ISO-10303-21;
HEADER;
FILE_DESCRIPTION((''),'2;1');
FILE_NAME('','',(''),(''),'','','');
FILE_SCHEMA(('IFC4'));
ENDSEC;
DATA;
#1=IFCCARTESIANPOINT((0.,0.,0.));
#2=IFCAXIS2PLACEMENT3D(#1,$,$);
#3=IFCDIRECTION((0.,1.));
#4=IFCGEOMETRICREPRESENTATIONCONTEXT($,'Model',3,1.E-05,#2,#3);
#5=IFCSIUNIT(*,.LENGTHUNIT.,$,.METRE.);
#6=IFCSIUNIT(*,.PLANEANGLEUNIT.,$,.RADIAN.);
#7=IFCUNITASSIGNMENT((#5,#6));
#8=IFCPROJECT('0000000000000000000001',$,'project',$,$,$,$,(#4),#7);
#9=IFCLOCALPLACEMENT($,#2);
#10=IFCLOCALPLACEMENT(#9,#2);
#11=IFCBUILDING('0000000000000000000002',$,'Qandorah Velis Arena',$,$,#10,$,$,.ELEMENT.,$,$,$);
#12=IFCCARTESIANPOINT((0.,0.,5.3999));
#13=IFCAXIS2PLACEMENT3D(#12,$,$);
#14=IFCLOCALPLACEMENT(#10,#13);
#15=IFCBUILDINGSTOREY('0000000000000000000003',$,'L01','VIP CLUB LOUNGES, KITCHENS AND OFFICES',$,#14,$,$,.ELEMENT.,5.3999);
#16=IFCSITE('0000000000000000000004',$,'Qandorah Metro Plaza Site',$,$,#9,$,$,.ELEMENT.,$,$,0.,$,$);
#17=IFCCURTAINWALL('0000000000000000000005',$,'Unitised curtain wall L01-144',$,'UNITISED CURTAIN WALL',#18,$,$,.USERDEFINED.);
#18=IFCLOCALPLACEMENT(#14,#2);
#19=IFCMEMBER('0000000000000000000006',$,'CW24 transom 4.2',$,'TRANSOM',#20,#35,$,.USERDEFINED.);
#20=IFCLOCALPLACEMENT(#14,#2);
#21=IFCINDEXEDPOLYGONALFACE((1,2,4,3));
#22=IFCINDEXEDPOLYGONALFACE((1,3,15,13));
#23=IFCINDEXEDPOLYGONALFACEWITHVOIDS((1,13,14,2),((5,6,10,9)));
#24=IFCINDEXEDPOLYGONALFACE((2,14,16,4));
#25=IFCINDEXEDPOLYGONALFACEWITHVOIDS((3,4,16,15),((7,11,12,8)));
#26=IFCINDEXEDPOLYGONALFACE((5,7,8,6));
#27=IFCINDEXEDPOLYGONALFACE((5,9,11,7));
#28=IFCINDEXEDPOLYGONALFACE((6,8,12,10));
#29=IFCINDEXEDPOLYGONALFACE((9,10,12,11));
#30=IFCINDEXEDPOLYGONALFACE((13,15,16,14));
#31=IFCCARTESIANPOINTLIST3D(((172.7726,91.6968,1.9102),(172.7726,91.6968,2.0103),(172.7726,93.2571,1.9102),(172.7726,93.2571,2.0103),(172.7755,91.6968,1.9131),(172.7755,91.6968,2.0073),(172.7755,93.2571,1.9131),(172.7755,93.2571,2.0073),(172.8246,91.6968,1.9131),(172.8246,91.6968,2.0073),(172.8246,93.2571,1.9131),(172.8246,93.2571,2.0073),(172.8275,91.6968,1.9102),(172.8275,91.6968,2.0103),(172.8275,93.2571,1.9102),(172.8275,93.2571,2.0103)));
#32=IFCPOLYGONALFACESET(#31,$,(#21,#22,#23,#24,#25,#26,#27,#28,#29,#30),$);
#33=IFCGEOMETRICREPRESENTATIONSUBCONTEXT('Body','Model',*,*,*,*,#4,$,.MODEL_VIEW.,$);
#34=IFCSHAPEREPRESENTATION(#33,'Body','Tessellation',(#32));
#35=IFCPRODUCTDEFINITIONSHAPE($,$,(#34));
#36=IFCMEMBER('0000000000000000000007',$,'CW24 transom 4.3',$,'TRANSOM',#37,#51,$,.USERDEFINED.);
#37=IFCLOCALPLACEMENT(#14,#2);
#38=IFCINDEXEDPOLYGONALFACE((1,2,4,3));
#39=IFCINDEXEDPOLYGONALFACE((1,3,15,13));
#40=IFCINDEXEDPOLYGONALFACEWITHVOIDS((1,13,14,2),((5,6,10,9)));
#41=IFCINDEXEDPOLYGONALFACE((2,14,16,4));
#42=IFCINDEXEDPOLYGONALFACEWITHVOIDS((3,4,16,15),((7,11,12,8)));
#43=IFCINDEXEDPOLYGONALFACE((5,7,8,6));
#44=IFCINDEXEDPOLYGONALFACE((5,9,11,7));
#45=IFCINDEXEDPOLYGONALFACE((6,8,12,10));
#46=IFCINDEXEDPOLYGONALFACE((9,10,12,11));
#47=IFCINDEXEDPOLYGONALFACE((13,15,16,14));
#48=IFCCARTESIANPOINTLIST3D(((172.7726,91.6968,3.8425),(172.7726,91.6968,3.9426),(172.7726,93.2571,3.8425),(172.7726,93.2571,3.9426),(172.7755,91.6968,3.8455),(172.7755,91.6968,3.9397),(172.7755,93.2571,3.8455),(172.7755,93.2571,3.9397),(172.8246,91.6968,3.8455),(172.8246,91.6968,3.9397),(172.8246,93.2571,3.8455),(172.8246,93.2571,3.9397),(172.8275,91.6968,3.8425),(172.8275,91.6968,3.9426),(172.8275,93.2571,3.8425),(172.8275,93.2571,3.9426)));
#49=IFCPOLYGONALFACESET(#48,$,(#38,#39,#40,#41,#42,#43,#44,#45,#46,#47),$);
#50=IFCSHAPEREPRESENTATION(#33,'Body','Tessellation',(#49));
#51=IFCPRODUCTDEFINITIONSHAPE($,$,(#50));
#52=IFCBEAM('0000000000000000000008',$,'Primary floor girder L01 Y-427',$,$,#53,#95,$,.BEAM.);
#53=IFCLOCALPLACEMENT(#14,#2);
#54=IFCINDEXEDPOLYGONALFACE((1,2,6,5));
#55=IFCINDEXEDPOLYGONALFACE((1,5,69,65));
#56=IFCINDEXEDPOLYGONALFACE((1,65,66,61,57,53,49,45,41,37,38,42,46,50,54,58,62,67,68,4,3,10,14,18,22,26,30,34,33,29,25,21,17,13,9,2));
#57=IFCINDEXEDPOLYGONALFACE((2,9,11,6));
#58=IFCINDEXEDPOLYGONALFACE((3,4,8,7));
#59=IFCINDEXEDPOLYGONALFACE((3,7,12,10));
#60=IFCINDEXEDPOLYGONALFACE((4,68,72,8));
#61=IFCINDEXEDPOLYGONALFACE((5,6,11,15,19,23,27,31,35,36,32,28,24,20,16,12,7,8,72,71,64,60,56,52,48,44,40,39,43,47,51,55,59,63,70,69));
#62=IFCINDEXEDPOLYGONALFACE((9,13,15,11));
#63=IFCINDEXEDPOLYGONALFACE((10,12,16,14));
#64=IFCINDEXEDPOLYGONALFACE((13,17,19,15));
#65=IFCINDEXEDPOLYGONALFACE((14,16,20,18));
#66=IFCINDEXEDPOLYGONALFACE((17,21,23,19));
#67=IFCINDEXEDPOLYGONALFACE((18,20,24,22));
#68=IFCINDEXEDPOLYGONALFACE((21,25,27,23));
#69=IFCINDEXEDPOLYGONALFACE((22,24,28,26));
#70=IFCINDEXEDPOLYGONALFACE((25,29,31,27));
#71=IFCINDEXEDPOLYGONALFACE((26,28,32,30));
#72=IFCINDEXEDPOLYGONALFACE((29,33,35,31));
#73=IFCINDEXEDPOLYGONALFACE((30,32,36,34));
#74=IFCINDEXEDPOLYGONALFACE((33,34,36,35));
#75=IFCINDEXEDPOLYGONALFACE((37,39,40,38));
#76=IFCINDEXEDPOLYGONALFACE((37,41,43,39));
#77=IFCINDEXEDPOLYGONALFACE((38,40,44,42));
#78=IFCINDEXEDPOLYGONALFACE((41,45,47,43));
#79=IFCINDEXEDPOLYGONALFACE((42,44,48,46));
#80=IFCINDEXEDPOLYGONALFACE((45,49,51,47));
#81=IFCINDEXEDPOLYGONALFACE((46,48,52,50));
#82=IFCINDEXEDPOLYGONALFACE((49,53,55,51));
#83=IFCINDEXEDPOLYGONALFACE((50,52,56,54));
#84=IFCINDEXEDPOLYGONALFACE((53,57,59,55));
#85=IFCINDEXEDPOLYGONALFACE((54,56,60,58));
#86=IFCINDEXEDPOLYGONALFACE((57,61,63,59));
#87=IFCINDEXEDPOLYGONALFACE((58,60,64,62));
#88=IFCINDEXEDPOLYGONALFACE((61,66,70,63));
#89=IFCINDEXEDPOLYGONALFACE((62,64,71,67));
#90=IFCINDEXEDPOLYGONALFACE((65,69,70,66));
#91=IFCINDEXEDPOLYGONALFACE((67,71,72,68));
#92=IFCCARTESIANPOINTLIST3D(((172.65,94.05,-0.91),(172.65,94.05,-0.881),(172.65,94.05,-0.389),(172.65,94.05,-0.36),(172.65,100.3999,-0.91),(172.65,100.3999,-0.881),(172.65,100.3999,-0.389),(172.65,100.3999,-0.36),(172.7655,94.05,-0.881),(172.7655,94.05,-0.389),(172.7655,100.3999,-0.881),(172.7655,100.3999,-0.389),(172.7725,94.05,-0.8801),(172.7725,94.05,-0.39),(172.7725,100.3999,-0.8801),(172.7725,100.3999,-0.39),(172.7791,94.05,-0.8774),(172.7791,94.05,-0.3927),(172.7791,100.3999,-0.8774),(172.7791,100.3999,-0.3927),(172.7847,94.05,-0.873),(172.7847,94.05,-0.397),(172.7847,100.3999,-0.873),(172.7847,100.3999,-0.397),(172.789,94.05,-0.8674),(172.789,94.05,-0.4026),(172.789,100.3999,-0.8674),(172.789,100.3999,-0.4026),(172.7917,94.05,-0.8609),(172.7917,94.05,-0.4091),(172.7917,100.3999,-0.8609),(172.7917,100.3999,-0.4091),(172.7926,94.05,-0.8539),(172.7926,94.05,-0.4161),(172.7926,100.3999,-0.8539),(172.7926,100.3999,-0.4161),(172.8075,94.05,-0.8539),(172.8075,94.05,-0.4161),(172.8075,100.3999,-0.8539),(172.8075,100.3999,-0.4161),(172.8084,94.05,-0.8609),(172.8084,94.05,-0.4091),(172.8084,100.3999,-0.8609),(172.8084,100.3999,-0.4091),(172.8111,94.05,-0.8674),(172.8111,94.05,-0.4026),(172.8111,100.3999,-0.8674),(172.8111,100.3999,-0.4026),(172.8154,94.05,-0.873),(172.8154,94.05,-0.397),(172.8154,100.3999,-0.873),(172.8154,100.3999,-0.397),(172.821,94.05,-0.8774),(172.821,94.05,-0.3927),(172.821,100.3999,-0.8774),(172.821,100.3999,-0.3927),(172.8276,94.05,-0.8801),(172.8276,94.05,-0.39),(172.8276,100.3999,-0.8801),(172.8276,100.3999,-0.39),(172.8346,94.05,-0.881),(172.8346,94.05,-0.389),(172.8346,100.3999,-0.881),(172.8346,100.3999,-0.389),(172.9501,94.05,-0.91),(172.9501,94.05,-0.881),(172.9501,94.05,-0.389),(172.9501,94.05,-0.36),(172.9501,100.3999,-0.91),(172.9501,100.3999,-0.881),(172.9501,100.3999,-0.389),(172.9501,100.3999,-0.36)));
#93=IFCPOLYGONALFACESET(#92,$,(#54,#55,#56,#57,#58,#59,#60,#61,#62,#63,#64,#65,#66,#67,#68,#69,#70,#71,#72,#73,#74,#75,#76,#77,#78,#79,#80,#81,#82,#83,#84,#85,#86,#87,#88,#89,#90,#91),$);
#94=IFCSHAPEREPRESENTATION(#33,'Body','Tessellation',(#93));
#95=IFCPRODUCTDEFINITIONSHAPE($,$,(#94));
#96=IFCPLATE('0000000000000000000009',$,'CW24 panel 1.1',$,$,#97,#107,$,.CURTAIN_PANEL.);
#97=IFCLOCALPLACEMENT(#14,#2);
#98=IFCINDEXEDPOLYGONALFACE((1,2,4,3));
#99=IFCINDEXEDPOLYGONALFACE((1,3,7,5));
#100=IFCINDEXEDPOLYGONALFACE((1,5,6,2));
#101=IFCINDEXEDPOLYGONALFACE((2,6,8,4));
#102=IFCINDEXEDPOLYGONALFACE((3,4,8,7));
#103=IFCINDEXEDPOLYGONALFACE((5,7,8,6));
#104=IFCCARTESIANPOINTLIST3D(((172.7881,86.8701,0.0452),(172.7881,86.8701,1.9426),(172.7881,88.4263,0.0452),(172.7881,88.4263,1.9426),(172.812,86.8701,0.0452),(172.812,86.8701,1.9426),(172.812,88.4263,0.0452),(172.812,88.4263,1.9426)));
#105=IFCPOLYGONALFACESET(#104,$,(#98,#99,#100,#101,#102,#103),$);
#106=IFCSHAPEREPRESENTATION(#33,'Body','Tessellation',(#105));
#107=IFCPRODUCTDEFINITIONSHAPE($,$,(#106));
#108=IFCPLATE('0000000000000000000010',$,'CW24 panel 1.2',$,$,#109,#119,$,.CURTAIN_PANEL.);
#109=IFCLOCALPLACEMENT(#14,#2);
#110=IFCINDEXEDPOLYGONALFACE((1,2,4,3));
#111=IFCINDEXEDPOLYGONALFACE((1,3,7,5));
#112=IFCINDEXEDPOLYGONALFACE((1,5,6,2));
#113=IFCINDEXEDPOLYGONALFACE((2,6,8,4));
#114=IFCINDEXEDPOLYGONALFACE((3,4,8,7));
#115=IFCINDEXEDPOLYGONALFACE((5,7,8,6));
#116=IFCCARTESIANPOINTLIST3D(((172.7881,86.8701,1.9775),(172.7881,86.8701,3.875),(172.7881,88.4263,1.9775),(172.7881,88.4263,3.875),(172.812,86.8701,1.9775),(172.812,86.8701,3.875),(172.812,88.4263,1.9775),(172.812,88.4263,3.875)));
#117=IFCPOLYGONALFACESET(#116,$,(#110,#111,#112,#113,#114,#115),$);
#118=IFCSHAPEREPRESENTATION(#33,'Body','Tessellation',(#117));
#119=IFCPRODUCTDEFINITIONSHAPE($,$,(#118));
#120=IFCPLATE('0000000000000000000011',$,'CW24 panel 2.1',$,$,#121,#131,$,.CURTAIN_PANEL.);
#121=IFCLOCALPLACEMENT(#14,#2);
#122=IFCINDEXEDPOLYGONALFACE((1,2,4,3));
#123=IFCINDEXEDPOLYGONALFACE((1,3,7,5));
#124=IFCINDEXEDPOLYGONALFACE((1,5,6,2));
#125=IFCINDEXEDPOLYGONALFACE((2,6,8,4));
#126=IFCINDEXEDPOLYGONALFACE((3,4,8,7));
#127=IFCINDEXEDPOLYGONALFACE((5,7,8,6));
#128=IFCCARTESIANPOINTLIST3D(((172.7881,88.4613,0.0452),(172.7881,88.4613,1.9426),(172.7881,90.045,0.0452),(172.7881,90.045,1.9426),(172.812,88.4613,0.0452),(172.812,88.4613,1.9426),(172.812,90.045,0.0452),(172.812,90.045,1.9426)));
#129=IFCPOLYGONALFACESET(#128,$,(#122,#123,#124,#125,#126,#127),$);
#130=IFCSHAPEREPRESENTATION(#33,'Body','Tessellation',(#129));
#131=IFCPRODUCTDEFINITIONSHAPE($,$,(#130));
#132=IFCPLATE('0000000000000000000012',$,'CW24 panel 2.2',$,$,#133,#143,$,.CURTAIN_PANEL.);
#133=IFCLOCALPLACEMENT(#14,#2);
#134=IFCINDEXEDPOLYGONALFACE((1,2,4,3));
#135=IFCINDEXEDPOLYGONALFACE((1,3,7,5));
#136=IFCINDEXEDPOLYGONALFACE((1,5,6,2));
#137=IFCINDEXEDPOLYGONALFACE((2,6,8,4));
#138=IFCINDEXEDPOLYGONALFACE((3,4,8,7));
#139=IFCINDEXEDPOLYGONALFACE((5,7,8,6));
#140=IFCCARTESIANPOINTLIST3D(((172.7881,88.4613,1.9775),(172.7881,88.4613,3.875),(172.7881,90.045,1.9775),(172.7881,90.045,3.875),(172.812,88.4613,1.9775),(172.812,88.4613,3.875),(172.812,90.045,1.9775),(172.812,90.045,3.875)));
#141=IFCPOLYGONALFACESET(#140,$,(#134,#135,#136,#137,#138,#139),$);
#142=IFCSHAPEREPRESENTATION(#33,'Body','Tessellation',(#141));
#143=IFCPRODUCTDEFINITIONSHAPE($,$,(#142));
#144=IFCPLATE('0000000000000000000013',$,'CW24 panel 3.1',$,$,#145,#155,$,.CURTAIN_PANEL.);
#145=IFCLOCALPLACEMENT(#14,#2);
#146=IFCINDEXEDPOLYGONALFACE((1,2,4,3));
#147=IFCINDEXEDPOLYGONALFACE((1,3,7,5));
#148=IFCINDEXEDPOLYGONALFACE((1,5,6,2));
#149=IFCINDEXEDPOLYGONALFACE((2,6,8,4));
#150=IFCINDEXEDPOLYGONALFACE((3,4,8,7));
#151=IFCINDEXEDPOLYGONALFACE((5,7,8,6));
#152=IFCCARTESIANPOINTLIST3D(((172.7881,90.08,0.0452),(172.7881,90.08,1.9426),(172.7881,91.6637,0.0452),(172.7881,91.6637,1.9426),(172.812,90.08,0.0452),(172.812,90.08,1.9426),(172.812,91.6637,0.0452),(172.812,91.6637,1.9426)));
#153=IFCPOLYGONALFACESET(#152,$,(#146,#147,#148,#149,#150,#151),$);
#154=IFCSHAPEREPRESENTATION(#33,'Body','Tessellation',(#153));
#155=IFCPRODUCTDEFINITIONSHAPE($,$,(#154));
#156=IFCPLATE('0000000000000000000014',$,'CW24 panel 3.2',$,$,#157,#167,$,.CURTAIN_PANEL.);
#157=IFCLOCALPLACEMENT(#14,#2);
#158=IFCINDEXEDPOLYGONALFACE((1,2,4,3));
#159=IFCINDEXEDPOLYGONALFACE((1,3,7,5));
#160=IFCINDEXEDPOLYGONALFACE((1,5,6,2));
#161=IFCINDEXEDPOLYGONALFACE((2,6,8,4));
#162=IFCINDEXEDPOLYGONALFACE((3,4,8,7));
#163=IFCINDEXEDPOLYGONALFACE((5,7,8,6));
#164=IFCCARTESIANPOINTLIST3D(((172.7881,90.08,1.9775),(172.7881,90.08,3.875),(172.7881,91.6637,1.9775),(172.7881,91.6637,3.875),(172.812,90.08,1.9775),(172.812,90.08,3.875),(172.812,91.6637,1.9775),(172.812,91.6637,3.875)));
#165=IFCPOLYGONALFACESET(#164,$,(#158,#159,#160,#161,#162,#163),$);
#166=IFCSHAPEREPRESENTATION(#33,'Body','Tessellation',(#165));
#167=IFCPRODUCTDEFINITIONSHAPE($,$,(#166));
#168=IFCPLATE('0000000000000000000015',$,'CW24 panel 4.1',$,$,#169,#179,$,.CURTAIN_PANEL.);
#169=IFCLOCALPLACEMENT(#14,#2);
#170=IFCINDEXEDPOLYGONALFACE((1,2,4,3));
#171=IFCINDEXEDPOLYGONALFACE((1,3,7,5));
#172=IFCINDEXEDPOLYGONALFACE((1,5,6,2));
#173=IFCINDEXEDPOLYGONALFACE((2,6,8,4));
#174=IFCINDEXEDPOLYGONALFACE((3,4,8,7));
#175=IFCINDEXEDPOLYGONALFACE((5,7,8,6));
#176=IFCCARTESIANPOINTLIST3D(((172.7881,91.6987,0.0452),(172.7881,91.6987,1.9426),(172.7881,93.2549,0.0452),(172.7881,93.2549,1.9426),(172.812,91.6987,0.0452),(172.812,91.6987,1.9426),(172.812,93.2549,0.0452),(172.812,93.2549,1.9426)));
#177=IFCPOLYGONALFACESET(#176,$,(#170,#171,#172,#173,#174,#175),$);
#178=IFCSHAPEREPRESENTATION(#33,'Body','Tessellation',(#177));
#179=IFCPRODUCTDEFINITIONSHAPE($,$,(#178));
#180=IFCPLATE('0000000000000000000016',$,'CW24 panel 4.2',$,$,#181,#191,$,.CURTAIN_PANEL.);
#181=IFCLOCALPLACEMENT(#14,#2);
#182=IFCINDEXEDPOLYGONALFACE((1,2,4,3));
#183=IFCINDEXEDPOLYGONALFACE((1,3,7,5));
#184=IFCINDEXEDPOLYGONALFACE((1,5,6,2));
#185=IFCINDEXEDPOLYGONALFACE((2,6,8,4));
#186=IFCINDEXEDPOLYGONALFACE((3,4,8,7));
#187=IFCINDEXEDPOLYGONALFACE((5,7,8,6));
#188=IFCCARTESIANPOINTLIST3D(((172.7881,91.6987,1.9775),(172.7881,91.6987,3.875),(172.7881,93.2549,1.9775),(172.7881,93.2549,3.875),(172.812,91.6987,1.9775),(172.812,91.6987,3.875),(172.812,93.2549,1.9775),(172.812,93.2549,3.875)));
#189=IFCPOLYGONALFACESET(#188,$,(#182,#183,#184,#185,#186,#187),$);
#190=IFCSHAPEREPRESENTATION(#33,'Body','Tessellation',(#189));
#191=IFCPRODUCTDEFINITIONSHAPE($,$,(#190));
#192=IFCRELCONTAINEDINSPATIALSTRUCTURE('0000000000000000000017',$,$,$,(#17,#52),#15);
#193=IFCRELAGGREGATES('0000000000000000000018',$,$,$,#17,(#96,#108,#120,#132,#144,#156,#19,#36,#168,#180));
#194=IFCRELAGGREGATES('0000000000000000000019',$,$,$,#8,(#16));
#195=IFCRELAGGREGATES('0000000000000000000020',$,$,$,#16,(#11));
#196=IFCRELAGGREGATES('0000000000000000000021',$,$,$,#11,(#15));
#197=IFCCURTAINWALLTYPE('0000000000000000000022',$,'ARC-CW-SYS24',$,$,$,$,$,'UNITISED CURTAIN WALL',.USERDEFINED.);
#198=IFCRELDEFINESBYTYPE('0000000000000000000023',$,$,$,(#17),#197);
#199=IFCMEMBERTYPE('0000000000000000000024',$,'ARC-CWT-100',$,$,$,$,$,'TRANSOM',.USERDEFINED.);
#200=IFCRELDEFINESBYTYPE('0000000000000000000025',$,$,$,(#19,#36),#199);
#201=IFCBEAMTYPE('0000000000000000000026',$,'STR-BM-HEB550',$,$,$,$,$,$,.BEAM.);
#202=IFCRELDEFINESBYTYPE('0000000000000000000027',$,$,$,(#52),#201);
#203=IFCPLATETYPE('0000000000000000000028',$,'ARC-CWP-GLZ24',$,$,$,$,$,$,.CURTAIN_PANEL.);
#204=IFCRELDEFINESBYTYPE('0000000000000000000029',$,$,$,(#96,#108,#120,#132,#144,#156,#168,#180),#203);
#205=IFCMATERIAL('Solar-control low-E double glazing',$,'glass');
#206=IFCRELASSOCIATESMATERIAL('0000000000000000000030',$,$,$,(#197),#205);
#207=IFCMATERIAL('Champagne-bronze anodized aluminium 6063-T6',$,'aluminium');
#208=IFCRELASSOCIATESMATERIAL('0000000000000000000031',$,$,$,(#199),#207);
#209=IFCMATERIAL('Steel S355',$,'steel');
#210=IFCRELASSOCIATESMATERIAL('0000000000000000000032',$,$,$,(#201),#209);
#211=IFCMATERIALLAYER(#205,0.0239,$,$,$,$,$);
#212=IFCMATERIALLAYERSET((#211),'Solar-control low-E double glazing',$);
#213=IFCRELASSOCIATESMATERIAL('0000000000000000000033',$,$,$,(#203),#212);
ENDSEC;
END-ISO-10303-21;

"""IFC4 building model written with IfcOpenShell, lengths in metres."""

from ifc_helpers import new_model, si_unit, direction, frame, origin, origin_2d, place, context, subcontext, project, spatial, rectangle, hollow_rectangle, i_section, extrude, material, layer, layer_set, material_profile, profile_set, type_object, element, aggregate, save


model = new_model("IFC4")

# Units and contexts
model_context = context("Model", 3, precision=1e-05, world=origin(), true_north=direction((0.0, 1.0)))
body_context = subcontext(model_context, "Body", "Model", "MODEL_VIEW")
ifc_project = project(units=[si_unit("LENGTHUNIT", "METRE"), si_unit("PLANEANGLEUNIT", "RADIAN")], contexts=[model_context])

# Site, building, storey
site_placement = place(None, origin())
site = spatial("IfcSite", under=ifc_project, at=site_placement, Name="Qandorah Metro Plaza Site", CompositionType="ELEMENT", RefElevation=0.0)
building_placement = place(site_placement, origin())
building = spatial("IfcBuilding", under=site, at=building_placement, Name="Qandorah Velis Arena", CompositionType="ELEMENT")
storey_placement = place(building_placement, frame((0.0, 0.0, 5.3999)))
storey = spatial("IfcBuildingStorey", under=building, at=storey_placement, Name="L01", Description="VIP CLUB LOUNGES, KITCHENS AND OFFICES", CompositionType="ELEMENT", Elevation=5.3999)

# Curtain wall, members
ifc_material_1 = material(Name="Solar-control low-E double glazing", Category="glass")
curtain_wall_type = type_object("IfcCurtainWallType", Name="ARC-CW-SYS24", ElementType="UNITISED CURTAIN WALL", PredefinedType="USERDEFINED", material=ifc_material_1)
curtain_wall_placement = place(storey_placement, origin())
curtain_wall = element("IfcCurtainWall", 1, at=curtain_wall_placement, inside=storey, type_object=curtain_wall_type, Name="Unitised curtain wall L01-144", ObjectType="UNITISED CURTAIN WALL", PredefinedType="USERDEFINED")
ifc_material_2 = material(Name="Champagne-bronze anodized aluminium 6063-T6", Category="aluminium")
ifc_material_profile_1 = material_profile(ifc_material_2, hollow_rectangle(XDim=0.0549, YDim=0.1001, WallThickness=0.0029, at=origin_2d()), Name="ALU TRANSOM 55x100")
ifc_profile_set_1 = profile_set([ifc_material_profile_1], Name="Champagne-bronze anodized aluminium 6063-T6")
member_type_1 = type_object("IfcMemberType", Name="ARC-CWT-100", ElementType="TRANSOM", PredefinedType="USERDEFINED", material=ifc_profile_set_1)
member_1_placement = place(storey_placement, frame((172.8, 91.6968, 1.9602), z_axis=(0.0, 1.0, 0.0), x_axis=(-1.0, 0.0, 0.0)))
member_1 = element("IfcMember", 2, at=member_1_placement, type_object=member_type_1, Name="CW24 transom 4.2", ObjectType="TRANSOM", PredefinedType="USERDEFINED", context=body_context, shape_type="SweptSolid", body=[
    extrude(hollow_rectangle(XDim=0.0549, YDim=0.1001, WallThickness=0.0029, at=origin_2d()), origin(), (0.0, 0.0, 1.0), 1.5603),
])
member_2_placement = place(storey_placement, frame((172.8, 91.6968, 3.8926), z_axis=(0.0, 1.0, 0.0), x_axis=(-1.0, 0.0, 0.0)))
member_2 = element("IfcMember", 3, at=member_2_placement, type_object=member_type_1, Name="CW24 transom 4.3", ObjectType="TRANSOM", PredefinedType="USERDEFINED", context=body_context, shape_type="SweptSolid", body=[
    extrude(hollow_rectangle(XDim=0.0549, YDim=0.1001, WallThickness=0.0029, at=origin_2d()), origin(), (0.0, 0.0, 1.0), 1.5603),
])

# Beam
ifc_material_3 = material(Name="Steel S355", Category="steel")
ifc_material_profile_2 = material_profile(ifc_material_3, i_section(OverallWidth=0.3, OverallDepth=0.55, WebThickness=0.0149, FlangeThickness=0.0291, FilletRadius=0.0271, at=origin_2d()), Name="HEB 550")
ifc_profile_set_2 = profile_set([ifc_material_profile_2], Name="Steel S355")
beam_type = type_object("IfcBeamType", Name="STR-BM-HEB550", PredefinedType="BEAM", material=ifc_profile_set_2)
beam_placement = place(storey_placement, frame((172.8, 94.05, -0.635), z_axis=(0.0, 1.0, 0.0), x_axis=(-1.0, 0.0, 0.0)))
element("IfcBeam", 4, at=beam_placement, inside=storey, type_object=beam_type, Name="Primary floor girder L01 Y-427", PredefinedType="BEAM", context=body_context, shape_type="SweptSolid", body=[
    extrude(i_section(OverallWidth=0.3, OverallDepth=0.55, WebThickness=0.0149, FlangeThickness=0.0291, FilletRadius=0.0271, at=origin_2d()), origin(), (0.0, 0.0, 1.0), 6.3499),
])

# Plates
ifc_layer_1 = layer(ifc_material_1, 0.0239)
ifc_layer_set_1 = layer_set([ifc_layer_1], Name="Solar-control low-E double glazing")
plate_type = type_object("IfcPlateType", Name="ARC-CWP-GLZ24", PredefinedType="CURTAIN_PANEL", material=ifc_layer_set_1)
plate_1_placement = place(storey_placement, frame((172.8, 87.6482, 0.0452), z_axis=(0.0, 0.0, 1.0), x_axis=(0.0, 1.0, 0.0)))
plate_1 = element("IfcPlate", 5, at=plate_1_placement, type_object=plate_type, Name="CW24 panel 1.1", PredefinedType="CURTAIN_PANEL", context=body_context, shape_type="SweptSolid", body=[
    extrude(rectangle(XDim=1.5562, YDim=0.0239, at=origin_2d()), origin(), (0.0, 0.0, 1.0), 1.8975),
])
plate_2_placement = place(storey_placement, frame((172.8, 87.6482, 1.9775), z_axis=(0.0, 0.0, 1.0), x_axis=(0.0, 1.0, 0.0)))
plate_2 = element("IfcPlate", 6, at=plate_2_placement, type_object=plate_type, Name="CW24 panel 1.2", PredefinedType="CURTAIN_PANEL", context=body_context, shape_type="SweptSolid", body=[
    extrude(rectangle(XDim=1.5562, YDim=0.0239, at=origin_2d()), origin(), (0.0, 0.0, 1.0), 1.8975),
])
plate_3_placement = place(storey_placement, frame((172.8, 89.2532, 0.0452), z_axis=(0.0, 0.0, 1.0), x_axis=(0.0, 1.0, 0.0)))
plate_3 = element("IfcPlate", 7, at=plate_3_placement, type_object=plate_type, Name="CW24 panel 2.1", PredefinedType="CURTAIN_PANEL", context=body_context, shape_type="SweptSolid", body=[
    extrude(rectangle(XDim=1.5837, YDim=0.0239, at=origin_2d()), origin(), (0.0, 0.0, 1.0), 1.8975),
])
plate_4_placement = place(storey_placement, frame((172.8, 89.2532, 1.9775), z_axis=(0.0, 0.0, 1.0), x_axis=(0.0, 1.0, 0.0)))
plate_4 = element("IfcPlate", 8, at=plate_4_placement, type_object=plate_type, Name="CW24 panel 2.2", PredefinedType="CURTAIN_PANEL", context=body_context, shape_type="SweptSolid", body=[
    extrude(rectangle(XDim=1.5837, YDim=0.0239, at=origin_2d()), origin(), (0.0, 0.0, 1.0), 1.8975),
])
plate_5_placement = place(storey_placement, frame((172.8, 90.8718, 0.0452), z_axis=(0.0, 0.0, 1.0), x_axis=(0.0, 1.0, 0.0)))
plate_5 = element("IfcPlate", 9, at=plate_5_placement, type_object=plate_type, Name="CW24 panel 3.1", PredefinedType="CURTAIN_PANEL", context=body_context, shape_type="SweptSolid", body=[
    extrude(rectangle(XDim=1.5837, YDim=0.0239, at=origin_2d()), origin(), (0.0, 0.0, 1.0), 1.8975),
])
plate_6_placement = place(storey_placement, frame((172.8, 90.8718, 1.9775), z_axis=(0.0, 0.0, 1.0), x_axis=(0.0, 1.0, 0.0)))
plate_6 = element("IfcPlate", 10, at=plate_6_placement, type_object=plate_type, Name="CW24 panel 3.2", PredefinedType="CURTAIN_PANEL", context=body_context, shape_type="SweptSolid", body=[
    extrude(rectangle(XDim=1.5837, YDim=0.0239, at=origin_2d()), origin(), (0.0, 0.0, 1.0), 1.8975),
])
plate_7_placement = place(storey_placement, frame((172.8, 92.4768, 0.0452), z_axis=(0.0, 0.0, 1.0), x_axis=(0.0, 1.0, 0.0)))
plate_7 = element("IfcPlate", 11, at=plate_7_placement, type_object=plate_type, Name="CW24 panel 4.1", PredefinedType="CURTAIN_PANEL", context=body_context, shape_type="SweptSolid", body=[
    extrude(rectangle(XDim=1.5562, YDim=0.0239, at=origin_2d()), origin(), (0.0, 0.0, 1.0), 1.8975),
])
plate_8_placement = place(storey_placement, frame((172.8, 92.4768, 1.9775), z_axis=(0.0, 0.0, 1.0), x_axis=(0.0, 1.0, 0.0)))
plate_8 = element("IfcPlate", 12, at=plate_8_placement, type_object=plate_type, Name="CW24 panel 4.2", PredefinedType="CURTAIN_PANEL", context=body_context, shape_type="SweptSolid", body=[
    extrude(rectangle(XDim=1.5562, YDim=0.0239, at=origin_2d()), origin(), (0.0, 0.0, 1.0), 1.8975),
])
aggregate(curtain_wall, [plate_1, plate_2, plate_3, plate_4, plate_5, plate_6, member_1, member_2, plate_7, plate_8])

save(model, "model.ifc")
